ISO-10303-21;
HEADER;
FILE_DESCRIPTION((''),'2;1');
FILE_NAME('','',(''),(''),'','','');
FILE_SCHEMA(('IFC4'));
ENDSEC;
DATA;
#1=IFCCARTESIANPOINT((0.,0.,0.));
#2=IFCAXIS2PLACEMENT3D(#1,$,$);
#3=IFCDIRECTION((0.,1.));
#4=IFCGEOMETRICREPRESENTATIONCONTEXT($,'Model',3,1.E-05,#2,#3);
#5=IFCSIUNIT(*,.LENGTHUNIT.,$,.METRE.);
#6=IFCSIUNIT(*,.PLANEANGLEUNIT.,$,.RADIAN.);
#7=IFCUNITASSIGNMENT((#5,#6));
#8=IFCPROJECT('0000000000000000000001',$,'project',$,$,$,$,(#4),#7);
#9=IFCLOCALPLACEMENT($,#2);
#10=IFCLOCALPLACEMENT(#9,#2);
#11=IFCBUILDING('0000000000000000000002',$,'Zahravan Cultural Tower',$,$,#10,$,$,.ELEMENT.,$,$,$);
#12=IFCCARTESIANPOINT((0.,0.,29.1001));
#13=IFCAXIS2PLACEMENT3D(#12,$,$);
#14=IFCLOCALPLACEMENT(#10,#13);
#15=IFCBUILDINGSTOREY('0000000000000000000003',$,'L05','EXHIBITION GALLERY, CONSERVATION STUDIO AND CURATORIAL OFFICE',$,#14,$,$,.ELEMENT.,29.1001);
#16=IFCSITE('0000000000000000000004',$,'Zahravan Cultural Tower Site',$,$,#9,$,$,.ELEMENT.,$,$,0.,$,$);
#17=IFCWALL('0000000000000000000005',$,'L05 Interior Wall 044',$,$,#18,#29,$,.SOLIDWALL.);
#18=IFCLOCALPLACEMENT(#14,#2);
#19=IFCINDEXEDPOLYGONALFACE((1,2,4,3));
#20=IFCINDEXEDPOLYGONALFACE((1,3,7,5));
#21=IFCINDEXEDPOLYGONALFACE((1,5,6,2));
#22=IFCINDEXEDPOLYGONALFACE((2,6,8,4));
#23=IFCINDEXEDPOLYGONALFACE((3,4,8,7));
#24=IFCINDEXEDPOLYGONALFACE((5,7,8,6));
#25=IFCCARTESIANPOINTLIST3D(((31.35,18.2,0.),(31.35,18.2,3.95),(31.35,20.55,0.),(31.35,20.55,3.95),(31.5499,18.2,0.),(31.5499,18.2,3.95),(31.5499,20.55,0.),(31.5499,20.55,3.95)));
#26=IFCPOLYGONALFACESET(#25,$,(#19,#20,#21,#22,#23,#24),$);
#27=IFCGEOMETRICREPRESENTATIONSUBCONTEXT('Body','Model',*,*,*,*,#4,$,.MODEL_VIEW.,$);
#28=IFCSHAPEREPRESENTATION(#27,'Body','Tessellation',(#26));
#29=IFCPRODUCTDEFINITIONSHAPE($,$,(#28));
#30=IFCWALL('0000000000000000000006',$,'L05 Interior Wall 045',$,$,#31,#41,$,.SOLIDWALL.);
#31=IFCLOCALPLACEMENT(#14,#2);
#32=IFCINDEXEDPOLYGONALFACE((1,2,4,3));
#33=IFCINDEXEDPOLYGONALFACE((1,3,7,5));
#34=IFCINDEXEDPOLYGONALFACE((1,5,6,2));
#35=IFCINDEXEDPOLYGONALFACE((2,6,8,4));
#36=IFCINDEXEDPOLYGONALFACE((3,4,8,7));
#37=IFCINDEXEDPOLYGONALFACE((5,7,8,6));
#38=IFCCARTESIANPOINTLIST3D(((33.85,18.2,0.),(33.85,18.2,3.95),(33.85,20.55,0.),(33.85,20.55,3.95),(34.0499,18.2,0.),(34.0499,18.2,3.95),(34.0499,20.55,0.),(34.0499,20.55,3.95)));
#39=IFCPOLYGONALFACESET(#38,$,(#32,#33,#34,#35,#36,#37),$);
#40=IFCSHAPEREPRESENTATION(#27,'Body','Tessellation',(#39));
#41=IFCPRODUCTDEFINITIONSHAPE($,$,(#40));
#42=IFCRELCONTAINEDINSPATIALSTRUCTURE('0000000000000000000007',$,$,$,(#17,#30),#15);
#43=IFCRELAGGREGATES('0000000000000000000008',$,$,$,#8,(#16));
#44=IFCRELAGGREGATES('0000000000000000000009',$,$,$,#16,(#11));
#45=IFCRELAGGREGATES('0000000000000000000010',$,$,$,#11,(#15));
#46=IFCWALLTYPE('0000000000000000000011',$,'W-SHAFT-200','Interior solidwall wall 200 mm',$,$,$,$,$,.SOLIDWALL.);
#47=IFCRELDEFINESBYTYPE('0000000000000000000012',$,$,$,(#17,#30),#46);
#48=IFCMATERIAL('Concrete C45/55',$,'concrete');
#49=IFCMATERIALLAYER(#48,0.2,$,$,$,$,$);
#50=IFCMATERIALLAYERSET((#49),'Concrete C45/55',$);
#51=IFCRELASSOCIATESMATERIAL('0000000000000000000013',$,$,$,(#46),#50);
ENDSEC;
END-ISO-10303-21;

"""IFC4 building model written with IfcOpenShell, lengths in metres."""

from ifc_helpers import new_model, si_unit, direction, frame, frame_2d, origin, place, context, subcontext, project, spatial, rectangle, extrude, source, transform, mapped, material, layer, layer_set, type_object, element, save


model = new_model("IFC4")

# Units and contexts
model_context = context("Model", 3, precision=1e-05, world=origin(), true_north=direction((0.0, 1.0)))
body_context = subcontext(model_context, "Body", "Model", "MODEL_VIEW")
ifc_project = project(units=[si_unit("LENGTHUNIT", "METRE"), si_unit("PLANEANGLEUNIT", "RADIAN")], contexts=[model_context])

# Site, building, storey
site_placement = place(None, origin())
site = spatial("IfcSite", under=ifc_project, at=site_placement, Name="Zahravan Cultural Tower Site", CompositionType="ELEMENT", RefElevation=0.0)
building_placement = place(site_placement, origin())
building = spatial("IfcBuilding", under=site, at=building_placement, Name="Zahravan Cultural Tower", CompositionType="ELEMENT")
storey_placement = place(building_placement, frame((0.0, 0.0, 29.1001)))
storey = spatial("IfcBuildingStorey", under=building, at=storey_placement, Name="L05", Description="EXHIBITION GALLERY, CONSERVATION STUDIO AND CURATORIAL OFFICE", CompositionType="ELEMENT", Elevation=29.1001)

# Walls
ifc_material_1 = material(Name="Concrete C45/55", Category="concrete")
ifc_layer_1 = layer(ifc_material_1, 0.2)
ifc_layer_set_1 = layer_set([ifc_layer_1], Name="Concrete C45/55")
wall_type_1 = type_object("IfcWallType", Name="W-SHAFT-200", Description="Interior solidwall wall 200 mm", PredefinedType="SOLIDWALL", material=ifc_layer_set_1)
shared_shape_1 = source(origin(), body_context, "Body", "SweptSolid", [
    extrude(rectangle(XDim=2.3501, YDim=0.2, at=frame_2d((1.175, 0.0))), origin(), (0.0, 0.0, 1.0), 3.95),
])
for number, where, z_axis, x_axis, name in (
    (1, (31.45, 18.2, 0.0), (0.0, 0.0, 1.0), (0.0, 1.0, 0.0), "L05 Interior Wall 044"),
    (2, (33.95, 18.2, 0.0), (0.0, 0.0, 1.0), (0.0, 1.0, 0.0), "L05 Interior Wall 045"),
):
    element("IfcWall", number, at=place(storey_placement, frame(where, z_axis=z_axis, x_axis=x_axis)), inside=storey, type_object=wall_type_1, Name=name, PredefinedType="SOLIDWALL", context=body_context, shape_type="MappedRepresentation", body=[
        mapped(shared_shape_1, transform((0.0, 0.0, 0.0), x_axis=(1.0, 0.0, 0.0), y_axis=(0.0, 1.0, 0.0), z_axis=(0.0, 0.0, 1.0), scale=1.0)),
    ])

save(model, "model.ifc")
